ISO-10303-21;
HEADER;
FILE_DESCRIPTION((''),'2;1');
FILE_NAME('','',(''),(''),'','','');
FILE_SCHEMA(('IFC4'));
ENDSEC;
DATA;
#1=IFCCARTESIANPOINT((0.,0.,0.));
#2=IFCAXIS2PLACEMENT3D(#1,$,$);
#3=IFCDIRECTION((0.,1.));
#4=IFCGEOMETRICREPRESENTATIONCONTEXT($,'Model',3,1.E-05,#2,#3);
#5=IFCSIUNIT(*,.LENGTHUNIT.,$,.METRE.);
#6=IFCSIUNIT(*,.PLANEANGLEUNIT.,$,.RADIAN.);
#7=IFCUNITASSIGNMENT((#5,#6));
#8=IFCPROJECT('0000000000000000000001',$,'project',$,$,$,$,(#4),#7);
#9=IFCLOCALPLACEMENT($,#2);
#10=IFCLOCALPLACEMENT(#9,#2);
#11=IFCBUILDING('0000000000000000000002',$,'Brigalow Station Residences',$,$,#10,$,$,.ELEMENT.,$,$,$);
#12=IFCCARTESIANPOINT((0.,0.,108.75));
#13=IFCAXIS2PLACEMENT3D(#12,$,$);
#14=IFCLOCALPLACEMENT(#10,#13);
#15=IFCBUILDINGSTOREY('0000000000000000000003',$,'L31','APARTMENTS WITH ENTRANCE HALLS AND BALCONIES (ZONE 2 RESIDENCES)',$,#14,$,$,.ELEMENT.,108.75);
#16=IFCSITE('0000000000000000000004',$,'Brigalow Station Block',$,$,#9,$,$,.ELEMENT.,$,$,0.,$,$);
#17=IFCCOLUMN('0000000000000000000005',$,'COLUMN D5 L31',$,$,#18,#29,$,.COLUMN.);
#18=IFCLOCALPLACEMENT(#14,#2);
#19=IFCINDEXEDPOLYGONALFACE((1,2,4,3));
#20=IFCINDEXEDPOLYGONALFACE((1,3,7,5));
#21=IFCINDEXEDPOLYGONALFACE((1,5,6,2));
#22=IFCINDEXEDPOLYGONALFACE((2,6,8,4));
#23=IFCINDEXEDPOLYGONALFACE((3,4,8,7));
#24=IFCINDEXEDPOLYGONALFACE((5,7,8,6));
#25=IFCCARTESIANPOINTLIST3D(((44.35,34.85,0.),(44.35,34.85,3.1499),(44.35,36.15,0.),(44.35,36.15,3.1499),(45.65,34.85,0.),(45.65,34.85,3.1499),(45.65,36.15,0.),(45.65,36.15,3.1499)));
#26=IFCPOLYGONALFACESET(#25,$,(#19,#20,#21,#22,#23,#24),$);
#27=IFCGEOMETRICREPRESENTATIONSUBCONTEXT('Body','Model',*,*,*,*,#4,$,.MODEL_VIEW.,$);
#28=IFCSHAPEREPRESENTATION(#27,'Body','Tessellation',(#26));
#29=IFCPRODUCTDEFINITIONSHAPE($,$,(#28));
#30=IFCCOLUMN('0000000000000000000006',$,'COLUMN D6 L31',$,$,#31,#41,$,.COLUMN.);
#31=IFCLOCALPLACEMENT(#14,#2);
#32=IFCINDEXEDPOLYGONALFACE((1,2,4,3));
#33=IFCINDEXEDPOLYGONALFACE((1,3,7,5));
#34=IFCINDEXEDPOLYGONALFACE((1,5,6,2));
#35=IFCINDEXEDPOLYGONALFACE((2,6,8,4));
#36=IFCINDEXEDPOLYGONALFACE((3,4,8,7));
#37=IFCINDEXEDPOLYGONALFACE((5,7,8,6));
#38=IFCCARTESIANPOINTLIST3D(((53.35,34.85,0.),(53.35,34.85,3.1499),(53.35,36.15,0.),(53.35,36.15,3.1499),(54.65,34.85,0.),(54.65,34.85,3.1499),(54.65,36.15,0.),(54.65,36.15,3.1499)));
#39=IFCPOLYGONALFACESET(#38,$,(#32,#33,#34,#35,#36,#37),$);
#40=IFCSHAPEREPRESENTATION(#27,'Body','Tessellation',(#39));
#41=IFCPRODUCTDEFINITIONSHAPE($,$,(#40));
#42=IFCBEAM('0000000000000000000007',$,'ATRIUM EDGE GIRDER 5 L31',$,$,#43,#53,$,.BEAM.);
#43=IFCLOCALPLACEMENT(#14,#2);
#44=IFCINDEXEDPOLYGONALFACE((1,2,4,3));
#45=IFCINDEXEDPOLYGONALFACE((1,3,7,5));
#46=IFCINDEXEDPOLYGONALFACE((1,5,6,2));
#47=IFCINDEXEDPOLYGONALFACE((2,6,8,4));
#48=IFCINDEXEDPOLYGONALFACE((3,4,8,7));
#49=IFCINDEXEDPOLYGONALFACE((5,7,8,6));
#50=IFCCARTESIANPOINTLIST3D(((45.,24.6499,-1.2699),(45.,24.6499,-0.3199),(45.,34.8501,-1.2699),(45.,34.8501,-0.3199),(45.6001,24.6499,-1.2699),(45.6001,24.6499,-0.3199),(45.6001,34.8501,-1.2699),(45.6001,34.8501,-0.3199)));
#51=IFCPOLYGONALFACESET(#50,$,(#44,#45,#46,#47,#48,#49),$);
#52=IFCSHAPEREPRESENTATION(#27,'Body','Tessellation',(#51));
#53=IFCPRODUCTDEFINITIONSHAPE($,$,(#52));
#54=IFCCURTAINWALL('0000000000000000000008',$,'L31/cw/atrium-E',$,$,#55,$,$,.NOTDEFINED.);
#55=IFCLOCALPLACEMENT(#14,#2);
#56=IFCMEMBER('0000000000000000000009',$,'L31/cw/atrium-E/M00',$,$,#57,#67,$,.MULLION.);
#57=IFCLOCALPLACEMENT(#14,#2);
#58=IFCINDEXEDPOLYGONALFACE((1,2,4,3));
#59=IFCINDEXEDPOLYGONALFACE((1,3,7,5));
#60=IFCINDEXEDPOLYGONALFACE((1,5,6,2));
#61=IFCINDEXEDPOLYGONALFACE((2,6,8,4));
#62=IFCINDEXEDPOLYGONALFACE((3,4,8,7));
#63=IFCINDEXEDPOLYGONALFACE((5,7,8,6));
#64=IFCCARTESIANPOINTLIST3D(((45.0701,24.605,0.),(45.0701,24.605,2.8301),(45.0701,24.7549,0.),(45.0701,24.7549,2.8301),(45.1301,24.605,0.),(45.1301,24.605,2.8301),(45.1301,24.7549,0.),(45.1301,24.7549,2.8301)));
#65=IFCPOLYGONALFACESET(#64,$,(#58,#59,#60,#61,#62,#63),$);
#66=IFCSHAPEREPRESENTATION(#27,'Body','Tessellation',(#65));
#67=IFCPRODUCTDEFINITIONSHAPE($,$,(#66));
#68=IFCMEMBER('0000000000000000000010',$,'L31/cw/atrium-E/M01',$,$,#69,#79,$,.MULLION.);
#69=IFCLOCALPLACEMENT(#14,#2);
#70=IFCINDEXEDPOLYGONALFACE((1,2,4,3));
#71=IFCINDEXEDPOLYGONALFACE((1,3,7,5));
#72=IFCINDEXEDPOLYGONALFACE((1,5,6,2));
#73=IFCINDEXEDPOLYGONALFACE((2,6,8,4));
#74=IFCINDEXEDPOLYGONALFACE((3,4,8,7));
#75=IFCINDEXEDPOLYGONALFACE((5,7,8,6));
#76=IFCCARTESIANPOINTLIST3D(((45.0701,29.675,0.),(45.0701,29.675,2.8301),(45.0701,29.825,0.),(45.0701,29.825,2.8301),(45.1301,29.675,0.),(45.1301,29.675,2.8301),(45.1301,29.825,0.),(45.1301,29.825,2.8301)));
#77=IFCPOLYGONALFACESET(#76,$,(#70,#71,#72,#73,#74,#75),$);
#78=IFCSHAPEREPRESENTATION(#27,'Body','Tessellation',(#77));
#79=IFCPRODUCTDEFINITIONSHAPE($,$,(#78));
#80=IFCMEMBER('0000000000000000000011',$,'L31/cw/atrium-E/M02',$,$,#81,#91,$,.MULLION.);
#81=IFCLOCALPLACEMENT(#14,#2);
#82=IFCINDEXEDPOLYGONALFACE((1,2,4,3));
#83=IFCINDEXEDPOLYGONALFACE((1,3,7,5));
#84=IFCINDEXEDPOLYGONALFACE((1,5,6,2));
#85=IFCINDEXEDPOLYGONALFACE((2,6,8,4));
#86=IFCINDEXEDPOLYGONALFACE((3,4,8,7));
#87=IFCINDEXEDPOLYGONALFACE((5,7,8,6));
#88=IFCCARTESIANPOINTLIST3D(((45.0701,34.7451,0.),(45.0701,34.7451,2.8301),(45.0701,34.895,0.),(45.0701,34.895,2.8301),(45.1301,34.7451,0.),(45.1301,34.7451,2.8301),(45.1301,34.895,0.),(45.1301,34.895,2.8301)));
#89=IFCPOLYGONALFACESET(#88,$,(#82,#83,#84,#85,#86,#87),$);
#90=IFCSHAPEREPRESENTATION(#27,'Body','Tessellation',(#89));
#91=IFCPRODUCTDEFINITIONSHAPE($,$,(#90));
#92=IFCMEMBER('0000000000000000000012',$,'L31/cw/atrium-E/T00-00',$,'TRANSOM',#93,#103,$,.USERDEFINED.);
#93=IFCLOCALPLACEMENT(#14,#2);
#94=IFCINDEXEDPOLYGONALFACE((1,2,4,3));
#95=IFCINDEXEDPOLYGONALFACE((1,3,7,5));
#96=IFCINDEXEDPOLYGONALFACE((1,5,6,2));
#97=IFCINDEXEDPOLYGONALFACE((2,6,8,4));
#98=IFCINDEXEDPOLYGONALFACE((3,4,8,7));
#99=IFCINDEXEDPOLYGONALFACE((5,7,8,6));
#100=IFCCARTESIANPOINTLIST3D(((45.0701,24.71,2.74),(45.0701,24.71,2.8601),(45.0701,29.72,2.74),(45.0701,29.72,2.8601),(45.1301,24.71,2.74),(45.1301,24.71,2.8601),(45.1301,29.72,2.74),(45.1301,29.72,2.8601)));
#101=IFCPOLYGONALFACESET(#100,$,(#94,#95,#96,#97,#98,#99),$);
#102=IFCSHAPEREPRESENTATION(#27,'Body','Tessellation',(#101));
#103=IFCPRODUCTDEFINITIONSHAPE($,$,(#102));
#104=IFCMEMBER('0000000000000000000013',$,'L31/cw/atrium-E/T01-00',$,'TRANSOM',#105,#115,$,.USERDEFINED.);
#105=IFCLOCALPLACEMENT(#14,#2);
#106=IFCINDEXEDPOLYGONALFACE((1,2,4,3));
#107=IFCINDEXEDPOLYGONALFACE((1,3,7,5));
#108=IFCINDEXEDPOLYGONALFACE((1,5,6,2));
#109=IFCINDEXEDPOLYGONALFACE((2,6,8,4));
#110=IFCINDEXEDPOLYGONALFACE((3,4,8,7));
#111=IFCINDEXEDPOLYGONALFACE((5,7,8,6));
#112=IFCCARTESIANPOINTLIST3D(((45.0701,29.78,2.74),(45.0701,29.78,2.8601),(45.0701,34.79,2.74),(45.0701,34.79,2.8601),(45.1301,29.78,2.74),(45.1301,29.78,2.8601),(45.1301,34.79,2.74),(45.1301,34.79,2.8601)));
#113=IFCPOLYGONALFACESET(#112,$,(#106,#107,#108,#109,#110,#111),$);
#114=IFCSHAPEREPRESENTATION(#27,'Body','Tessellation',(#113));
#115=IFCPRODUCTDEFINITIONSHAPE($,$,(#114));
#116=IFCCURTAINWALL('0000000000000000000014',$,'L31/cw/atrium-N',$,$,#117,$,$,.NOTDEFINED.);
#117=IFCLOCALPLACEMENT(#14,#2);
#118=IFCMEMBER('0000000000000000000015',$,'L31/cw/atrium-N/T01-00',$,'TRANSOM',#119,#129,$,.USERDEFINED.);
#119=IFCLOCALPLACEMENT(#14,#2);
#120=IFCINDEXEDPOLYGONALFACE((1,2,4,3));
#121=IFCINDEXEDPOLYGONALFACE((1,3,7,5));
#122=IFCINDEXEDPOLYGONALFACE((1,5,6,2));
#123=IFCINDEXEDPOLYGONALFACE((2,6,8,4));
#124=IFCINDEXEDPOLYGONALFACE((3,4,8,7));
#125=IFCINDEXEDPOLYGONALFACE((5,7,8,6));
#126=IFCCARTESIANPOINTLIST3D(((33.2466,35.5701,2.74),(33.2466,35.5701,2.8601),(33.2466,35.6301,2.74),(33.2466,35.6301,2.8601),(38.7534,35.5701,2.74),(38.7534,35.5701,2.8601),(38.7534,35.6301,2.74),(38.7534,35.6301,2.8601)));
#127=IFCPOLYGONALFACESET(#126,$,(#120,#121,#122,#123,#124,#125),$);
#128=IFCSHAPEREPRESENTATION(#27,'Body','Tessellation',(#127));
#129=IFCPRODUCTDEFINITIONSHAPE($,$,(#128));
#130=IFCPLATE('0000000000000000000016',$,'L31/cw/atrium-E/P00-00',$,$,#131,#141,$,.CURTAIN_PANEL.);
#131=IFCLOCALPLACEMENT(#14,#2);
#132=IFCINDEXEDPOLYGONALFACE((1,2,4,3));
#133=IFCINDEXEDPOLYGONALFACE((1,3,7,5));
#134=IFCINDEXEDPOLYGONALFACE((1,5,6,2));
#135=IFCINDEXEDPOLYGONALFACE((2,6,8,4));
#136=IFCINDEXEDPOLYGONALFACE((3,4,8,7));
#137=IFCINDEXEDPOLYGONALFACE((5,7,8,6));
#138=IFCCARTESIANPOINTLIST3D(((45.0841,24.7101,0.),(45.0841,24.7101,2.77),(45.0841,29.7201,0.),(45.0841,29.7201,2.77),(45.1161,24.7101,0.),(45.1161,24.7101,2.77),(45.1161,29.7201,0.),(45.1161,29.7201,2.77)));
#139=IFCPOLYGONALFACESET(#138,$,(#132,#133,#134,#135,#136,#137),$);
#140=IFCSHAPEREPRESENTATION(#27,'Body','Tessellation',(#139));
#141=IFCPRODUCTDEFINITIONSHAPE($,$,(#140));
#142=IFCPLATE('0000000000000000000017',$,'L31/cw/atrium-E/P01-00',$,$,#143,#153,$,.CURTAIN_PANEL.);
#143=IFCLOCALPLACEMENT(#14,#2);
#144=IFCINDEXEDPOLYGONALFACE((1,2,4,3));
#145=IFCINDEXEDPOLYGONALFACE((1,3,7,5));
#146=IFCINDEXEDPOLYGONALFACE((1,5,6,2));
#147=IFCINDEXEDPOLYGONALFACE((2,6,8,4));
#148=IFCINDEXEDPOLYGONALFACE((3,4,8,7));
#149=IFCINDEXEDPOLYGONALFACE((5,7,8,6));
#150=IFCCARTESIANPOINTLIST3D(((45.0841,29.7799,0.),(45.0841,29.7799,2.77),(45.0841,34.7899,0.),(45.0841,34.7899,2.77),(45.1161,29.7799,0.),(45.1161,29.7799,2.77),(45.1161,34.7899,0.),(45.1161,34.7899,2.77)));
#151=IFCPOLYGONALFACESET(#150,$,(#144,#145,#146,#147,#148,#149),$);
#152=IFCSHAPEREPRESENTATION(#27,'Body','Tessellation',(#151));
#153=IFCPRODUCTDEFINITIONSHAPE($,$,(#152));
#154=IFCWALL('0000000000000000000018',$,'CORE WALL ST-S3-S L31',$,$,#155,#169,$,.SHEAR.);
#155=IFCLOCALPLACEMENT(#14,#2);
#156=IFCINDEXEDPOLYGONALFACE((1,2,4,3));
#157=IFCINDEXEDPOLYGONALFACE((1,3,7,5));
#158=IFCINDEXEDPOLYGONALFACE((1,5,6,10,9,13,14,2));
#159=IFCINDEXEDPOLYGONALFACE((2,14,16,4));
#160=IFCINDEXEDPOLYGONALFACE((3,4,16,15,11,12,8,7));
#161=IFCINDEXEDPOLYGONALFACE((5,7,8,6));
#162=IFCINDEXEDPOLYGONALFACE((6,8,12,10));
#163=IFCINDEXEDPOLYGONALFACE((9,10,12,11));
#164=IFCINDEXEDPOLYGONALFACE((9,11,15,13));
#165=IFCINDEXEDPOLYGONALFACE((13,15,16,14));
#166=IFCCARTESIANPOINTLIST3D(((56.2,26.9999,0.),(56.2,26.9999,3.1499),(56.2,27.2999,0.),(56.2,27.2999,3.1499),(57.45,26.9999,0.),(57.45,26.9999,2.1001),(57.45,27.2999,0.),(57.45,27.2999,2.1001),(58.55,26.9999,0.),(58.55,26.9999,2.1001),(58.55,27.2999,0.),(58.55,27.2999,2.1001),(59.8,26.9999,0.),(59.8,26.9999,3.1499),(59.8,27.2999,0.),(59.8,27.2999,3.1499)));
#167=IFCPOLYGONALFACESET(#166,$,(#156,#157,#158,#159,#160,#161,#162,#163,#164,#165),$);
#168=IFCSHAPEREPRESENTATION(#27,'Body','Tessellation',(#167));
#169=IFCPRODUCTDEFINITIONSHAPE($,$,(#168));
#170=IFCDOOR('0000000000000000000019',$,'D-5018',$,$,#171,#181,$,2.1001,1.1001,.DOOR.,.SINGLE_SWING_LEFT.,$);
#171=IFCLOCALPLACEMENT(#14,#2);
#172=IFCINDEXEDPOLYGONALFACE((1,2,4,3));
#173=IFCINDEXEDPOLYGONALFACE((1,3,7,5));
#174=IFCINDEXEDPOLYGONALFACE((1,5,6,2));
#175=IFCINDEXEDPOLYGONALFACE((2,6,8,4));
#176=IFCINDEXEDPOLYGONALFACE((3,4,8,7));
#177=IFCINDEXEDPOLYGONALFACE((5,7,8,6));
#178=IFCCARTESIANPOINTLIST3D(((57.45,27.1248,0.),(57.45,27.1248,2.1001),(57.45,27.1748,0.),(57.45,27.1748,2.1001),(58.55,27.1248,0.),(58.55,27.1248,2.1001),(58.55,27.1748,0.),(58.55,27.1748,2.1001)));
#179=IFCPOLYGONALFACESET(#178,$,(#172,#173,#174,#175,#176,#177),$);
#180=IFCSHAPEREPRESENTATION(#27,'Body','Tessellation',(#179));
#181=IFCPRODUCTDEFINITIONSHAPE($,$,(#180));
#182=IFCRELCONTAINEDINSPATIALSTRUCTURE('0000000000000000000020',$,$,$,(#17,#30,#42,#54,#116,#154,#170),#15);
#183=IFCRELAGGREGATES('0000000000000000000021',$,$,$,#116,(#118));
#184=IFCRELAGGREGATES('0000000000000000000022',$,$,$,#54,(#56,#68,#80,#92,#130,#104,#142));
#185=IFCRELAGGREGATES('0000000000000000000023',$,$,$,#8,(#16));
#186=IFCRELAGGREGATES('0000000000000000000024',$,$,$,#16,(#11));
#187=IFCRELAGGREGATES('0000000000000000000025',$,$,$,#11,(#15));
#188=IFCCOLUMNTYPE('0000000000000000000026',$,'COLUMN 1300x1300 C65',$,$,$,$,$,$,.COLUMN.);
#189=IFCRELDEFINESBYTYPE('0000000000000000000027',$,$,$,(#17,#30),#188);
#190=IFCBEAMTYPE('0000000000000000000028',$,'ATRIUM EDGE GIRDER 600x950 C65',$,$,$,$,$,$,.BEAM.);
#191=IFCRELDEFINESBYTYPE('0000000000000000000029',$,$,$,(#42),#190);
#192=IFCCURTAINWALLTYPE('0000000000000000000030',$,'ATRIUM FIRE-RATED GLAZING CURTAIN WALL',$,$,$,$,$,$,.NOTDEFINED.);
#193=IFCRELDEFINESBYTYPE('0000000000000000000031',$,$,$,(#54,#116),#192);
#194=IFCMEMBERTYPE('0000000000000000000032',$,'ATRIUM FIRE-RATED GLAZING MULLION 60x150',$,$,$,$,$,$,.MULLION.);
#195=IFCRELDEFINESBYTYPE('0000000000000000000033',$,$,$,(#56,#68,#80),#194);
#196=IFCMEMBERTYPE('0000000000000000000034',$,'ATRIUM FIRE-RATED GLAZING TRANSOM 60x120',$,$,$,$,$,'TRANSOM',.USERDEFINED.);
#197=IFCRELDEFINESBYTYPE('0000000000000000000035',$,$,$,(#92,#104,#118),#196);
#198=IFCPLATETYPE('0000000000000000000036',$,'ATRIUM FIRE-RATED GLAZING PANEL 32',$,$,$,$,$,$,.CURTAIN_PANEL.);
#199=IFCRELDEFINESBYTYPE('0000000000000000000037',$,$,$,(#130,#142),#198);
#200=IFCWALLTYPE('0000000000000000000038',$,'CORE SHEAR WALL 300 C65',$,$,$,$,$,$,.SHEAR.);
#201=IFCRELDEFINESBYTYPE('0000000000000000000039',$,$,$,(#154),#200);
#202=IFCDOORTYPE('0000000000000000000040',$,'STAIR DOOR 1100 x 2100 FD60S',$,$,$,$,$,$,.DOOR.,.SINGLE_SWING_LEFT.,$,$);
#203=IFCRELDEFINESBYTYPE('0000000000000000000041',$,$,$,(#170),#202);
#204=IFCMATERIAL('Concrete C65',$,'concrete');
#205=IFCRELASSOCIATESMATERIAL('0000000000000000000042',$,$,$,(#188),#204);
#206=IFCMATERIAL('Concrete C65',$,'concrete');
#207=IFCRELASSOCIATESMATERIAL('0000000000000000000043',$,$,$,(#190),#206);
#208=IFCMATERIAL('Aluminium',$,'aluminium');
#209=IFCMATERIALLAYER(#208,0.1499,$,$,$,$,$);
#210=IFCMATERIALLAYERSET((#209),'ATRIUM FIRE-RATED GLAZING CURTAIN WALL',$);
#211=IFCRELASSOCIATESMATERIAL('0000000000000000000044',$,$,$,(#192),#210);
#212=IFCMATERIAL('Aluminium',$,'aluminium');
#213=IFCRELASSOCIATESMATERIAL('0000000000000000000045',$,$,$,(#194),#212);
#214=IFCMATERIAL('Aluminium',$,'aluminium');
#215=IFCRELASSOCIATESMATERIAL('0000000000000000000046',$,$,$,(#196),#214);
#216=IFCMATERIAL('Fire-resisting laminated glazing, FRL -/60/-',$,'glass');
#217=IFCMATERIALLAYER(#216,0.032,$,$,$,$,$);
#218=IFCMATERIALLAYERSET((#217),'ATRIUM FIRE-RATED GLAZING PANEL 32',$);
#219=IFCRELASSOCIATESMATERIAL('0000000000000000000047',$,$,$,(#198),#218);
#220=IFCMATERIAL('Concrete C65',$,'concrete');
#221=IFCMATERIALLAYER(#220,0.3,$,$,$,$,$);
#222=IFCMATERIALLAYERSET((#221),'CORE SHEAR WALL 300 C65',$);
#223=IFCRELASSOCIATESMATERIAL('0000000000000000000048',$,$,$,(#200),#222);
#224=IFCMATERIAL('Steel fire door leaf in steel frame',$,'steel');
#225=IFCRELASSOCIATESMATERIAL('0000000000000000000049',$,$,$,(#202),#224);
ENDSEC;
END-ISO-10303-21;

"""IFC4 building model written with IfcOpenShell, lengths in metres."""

from ifc_helpers import new_model, si_unit, direction, frame, frame_2d, origin, origin_2d, place, context, subcontext, project, spatial, rectangle, extrude, material, layer, layer_set, material_profile, profile_set, type_object, element, fill, aggregate, save


model = new_model("IFC4")

# Units and contexts
model_context = context("Model", 3, precision=1e-05, world=origin(), true_north=direction((0.0, 1.0)))
body_context = subcontext(model_context, "Body", "Model", "MODEL_VIEW")
ifc_project = project(units=[si_unit("LENGTHUNIT", "METRE"), si_unit("PLANEANGLEUNIT", "RADIAN")], contexts=[model_context])

# Site, building, storey
site_placement = place(None, origin())
site = spatial("IfcSite", under=ifc_project, at=site_placement, Name="Brigalow Station Block", CompositionType="ELEMENT", RefElevation=0.0)
building_placement = place(site_placement, origin())
building = spatial("IfcBuilding", under=site, at=building_placement, Name="Brigalow Station Residences", CompositionType="ELEMENT")
storey_placement = place(building_placement, frame((0.0, 0.0, 108.75)))
storey = spatial("IfcBuildingStorey", under=building, at=storey_placement, Name="L31", Description="APARTMENTS WITH ENTRANCE HALLS AND BALCONIES (ZONE 2 RESIDENCES)", CompositionType="ELEMENT", Elevation=108.75)

# Columns
ifc_material_1 = material(Name="Concrete C65", Category="concrete")
ifc_material_profile_1 = material_profile(ifc_material_1, rectangle(XDim=1.3, YDim=1.3, at=origin_2d()), Name="RC1300x1300")
ifc_profile_set_1 = profile_set([ifc_material_profile_1], Name="Concrete C65")
column_type = type_object("IfcColumnType", Name="COLUMN 1300x1300 C65", PredefinedType="COLUMN", material=ifc_profile_set_1)
for number, where, z_axis, x_axis, name in (
    (1, (45.0, 35.5, 0.0), (0.0, 0.0, 1.0), (1.0, 0.0, 0.0), "COLUMN D5 L31"),
    (2, (54.0, 35.5, 0.0), (0.0, 0.0, 1.0), (1.0, 0.0, 0.0), "COLUMN D6 L31"),
):
    element("IfcColumn", number, at=place(storey_placement, frame(where, z_axis=z_axis, x_axis=x_axis)), inside=storey, type_object=column_type, Name=name, PredefinedType="COLUMN", context=body_context, shape_type="SweptSolid", body=[
        extrude(rectangle(XDim=1.3, YDim=1.3, at=origin_2d()), origin(), (0.0, 0.0, 1.0), 3.1499),
    ])

# Beam
ifc_material_2 = material(Name="Concrete C65", Category="concrete")
ifc_material_profile_2 = material_profile(ifc_material_2, rectangle(XDim=0.6001, YDim=0.95, at=origin_2d()), Name="RC600x950")
ifc_profile_set_2 = profile_set([ifc_material_profile_2], Name="Concrete C65")
beam_type = type_object("IfcBeamType", Name="ATRIUM EDGE GIRDER 600x950 C65", PredefinedType="BEAM", material=ifc_profile_set_2)
beam_placement = place(storey_placement, frame((45.3, 24.6499, -0.7949), z_axis=(0.0, 1.0, 0.0), x_axis=(-1.0, 0.0, 0.0)))
element("IfcBeam", 3, at=beam_placement, inside=storey, type_object=beam_type, Name="ATRIUM EDGE GIRDER 5 L31", PredefinedType="BEAM", context=body_context, shape_type="SweptSolid", body=[
    extrude(rectangle(XDim=0.6001, YDim=0.95, at=origin_2d()), origin(), (0.0, 0.0, 1.0), 10.2002),
])

# Curtain wall, members
ifc_material_3 = material(Name="Aluminium", Category="aluminium")
ifc_layer_1 = layer(ifc_material_3, 0.1499)
ifc_layer_set_1 = layer_set([ifc_layer_1], Name="ATRIUM FIRE-RATED GLAZING CURTAIN WALL")
curtain_wall_type = type_object("IfcCurtainWallType", Name="ATRIUM FIRE-RATED GLAZING CURTAIN WALL", PredefinedType="NOTDEFINED", material=ifc_layer_set_1)
curtain_wall_1_placement = place(storey_placement, origin())
curtain_wall_1 = element("IfcCurtainWall", 4, at=curtain_wall_1_placement, inside=storey, type_object=curtain_wall_type, Name="L31/cw/atrium-E", PredefinedType="NOTDEFINED")
ifc_material_4 = material(Name="Aluminium", Category="aluminium")
ifc_material_profile_3 = material_profile(ifc_material_4, rectangle(XDim=0.0601, YDim=0.1499, at=origin_2d()), Name="ATRIUM FIRE-RATED GLAZING MULLION 60x150")
ifc_profile_set_3 = profile_set([ifc_material_profile_3], Name="Aluminium")
member_type_1 = type_object("IfcMemberType", Name="ATRIUM FIRE-RATED GLAZING MULLION 60x150", PredefinedType="MULLION", material=ifc_profile_set_3)
member_1_placement = place(storey_placement, frame((45.1001, 24.6799, 0.0), z_axis=(0.0, 0.0, 1.0), x_axis=(-1.0, 0.0, 0.0)))
member_1 = element("IfcMember", 5, at=member_1_placement, type_object=member_type_1, Name="L31/cw/atrium-E/M00", PredefinedType="MULLION", context=body_context, shape_type="SweptSolid", body=[
    extrude(rectangle(XDim=0.0601, YDim=0.1499, at=origin_2d()), origin(), (0.0, 0.0, 1.0), 2.8301),
])
member_2_placement = place(storey_placement, frame((45.1001, 29.75, 0.0), z_axis=(0.0, 0.0, 1.0), x_axis=(-1.0, 0.0, 0.0)))
member_2 = element("IfcMember", 6, at=member_2_placement, type_object=member_type_1, Name="L31/cw/atrium-E/M01", PredefinedType="MULLION", context=body_context, shape_type="SweptSolid", body=[
    extrude(rectangle(XDim=0.0601, YDim=0.1499, at=origin_2d()), origin(), (0.0, 0.0, 1.0), 2.8301),
])
member_3_placement = place(storey_placement, frame((45.1001, 34.8201, 0.0), z_axis=(0.0, 0.0, 1.0), x_axis=(-1.0, 0.0, 0.0)))
member_3 = element("IfcMember", 7, at=member_3_placement, type_object=member_type_1, Name="L31/cw/atrium-E/M02", PredefinedType="MULLION", context=body_context, shape_type="SweptSolid", body=[
    extrude(rectangle(XDim=0.0601, YDim=0.1499, at=origin_2d()), origin(), (0.0, 0.0, 1.0), 2.8301),
])
ifc_material_5 = material(Name="Aluminium", Category="aluminium")
ifc_material_profile_4 = material_profile(ifc_material_5, rectangle(XDim=0.0601, YDim=0.1201, at=origin_2d()), Name="ATRIUM FIRE-RATED GLAZING TRANSOM 60x120")
ifc_profile_set_4 = profile_set([ifc_material_profile_4], Name="Aluminium")
member_type_2 = type_object("IfcMemberType", Name="ATRIUM FIRE-RATED GLAZING TRANSOM 60x120", ElementType="TRANSOM", PredefinedType="USERDEFINED", material=ifc_profile_set_4)
member_4_placement = place(storey_placement, frame((45.1001, 24.71, 2.8), z_axis=(0.0, 1.0, 0.0), x_axis=(-1.0, 0.0, 0.0)))
member_4 = element("IfcMember", 8, at=member_4_placement, type_object=member_type_2, Name="L31/cw/atrium-E/T00-00", ObjectType="TRANSOM", PredefinedType="USERDEFINED", context=body_context, shape_type="SweptSolid", body=[
    extrude(rectangle(XDim=0.0601, YDim=0.1201, at=origin_2d()), origin(), (0.0, 0.0, 1.0), 5.01),
])
member_5_placement = place(storey_placement, frame((45.1001, 29.78, 2.8), z_axis=(0.0, 1.0, 0.0), x_axis=(-1.0, 0.0, 0.0)))
member_5 = element("IfcMember", 9, at=member_5_placement, type_object=member_type_2, Name="L31/cw/atrium-E/T01-00", ObjectType="TRANSOM", PredefinedType="USERDEFINED", context=body_context, shape_type="SweptSolid", body=[
    extrude(rectangle(XDim=0.0601, YDim=0.1201, at=origin_2d()), origin(), (0.0, 0.0, 1.0), 5.01),
])

# Curtain wall, member
curtain_wall_2_placement = place(storey_placement, origin())
curtain_wall_2 = element("IfcCurtainWall", 10, at=curtain_wall_2_placement, inside=storey, type_object=curtain_wall_type, Name="L31/cw/atrium-N", PredefinedType="NOTDEFINED")
member_6_placement = place(storey_placement, frame((38.7534, 35.6001, 2.8), z_axis=(-1.0, 0.0, 0.0), x_axis=(0.0, -1.0, 0.0)))
member_6 = element("IfcMember", 11, at=member_6_placement, type_object=member_type_2, Name="L31/cw/atrium-N/T01-00", ObjectType="TRANSOM", PredefinedType="USERDEFINED", context=body_context, shape_type="SweptSolid", body=[
    extrude(rectangle(XDim=0.0601, YDim=0.1201, at=origin_2d()), origin(), (0.0, 0.0, 1.0), 5.5068),
])
aggregate(curtain_wall_2, [member_6])

# Plates
ifc_material_6 = material(Name="Fire-resisting laminated glazing, FRL -/60/-", Category="glass")
ifc_layer_2 = layer(ifc_material_6, 0.032)
ifc_layer_set_2 = layer_set([ifc_layer_2], Name="ATRIUM FIRE-RATED GLAZING PANEL 32")
plate_type = type_object("IfcPlateType", Name="ATRIUM FIRE-RATED GLAZING PANEL 32", PredefinedType="CURTAIN_PANEL", material=ifc_layer_set_2)
plate_1_placement = place(storey_placement, frame((45.1001, 27.2151, 0.0), z_axis=(0.0, 0.0, 1.0), x_axis=(0.0, 1.0, 0.0)))
plate_1 = element("IfcPlate", 12, at=plate_1_placement, type_object=plate_type, Name="L31/cw/atrium-E/P00-00", PredefinedType="CURTAIN_PANEL", context=body_context, shape_type="SweptSolid", body=[
    extrude(rectangle(XDim=5.01, YDim=0.032, at=origin_2d()), origin(), (0.0, 0.0, 1.0), 2.77),
])
plate_2_placement = place(storey_placement, frame((45.1001, 32.2849, 0.0), z_axis=(0.0, 0.0, 1.0), x_axis=(0.0, 1.0, 0.0)))
plate_2 = element("IfcPlate", 13, at=plate_2_placement, type_object=plate_type, Name="L31/cw/atrium-E/P01-00", PredefinedType="CURTAIN_PANEL", context=body_context, shape_type="SweptSolid", body=[
    extrude(rectangle(XDim=5.01, YDim=0.032, at=origin_2d()), origin(), (0.0, 0.0, 1.0), 2.77),
])
aggregate(curtain_wall_1, [member_1, member_2, member_3, member_4, plate_1, member_5, plate_2])

# Wall, opening, door
ifc_material_7 = material(Name="Concrete C65", Category="concrete")
ifc_layer_3 = layer(ifc_material_7, 0.3)
ifc_layer_set_3 = layer_set([ifc_layer_3], Name="CORE SHEAR WALL 300 C65")
wall_type_1 = type_object("IfcWallType", Name="CORE SHEAR WALL 300 C65", PredefinedType="SHEAR", material=ifc_layer_set_3)
wall_1_placement = place(storey_placement, frame((56.2, 27.1499, 0.0), z_axis=(0.0, 0.0, 1.0), x_axis=(1.0, 0.0, 0.0)))
wall_1 = element("IfcWall", 14, at=wall_1_placement, inside=storey, type_object=wall_type_1, Name="CORE WALL ST-S3-S L31", PredefinedType="SHEAR", context=body_context, shape_type="SweptSolid", body=[
    extrude(rectangle(XDim=3.6001, YDim=0.3, at=frame_2d((1.8, 0.0))), origin(), (0.0, 0.0, 1.0), 3.1499),
])
opening_1_placement = place(wall_1_placement, frame((1.25, 0.0, 0.0)))
opening_1 = element("IfcOpeningElement", 15, at=opening_1_placement, cuts=wall_1, PredefinedType="OPENING", context=body_context, shape_type="SweptSolid", body=[
    extrude(rectangle(XDim=1.1001, YDim=2.1001, at=frame_2d((0.55, 1.05))), frame((0.0, 0.1602, 0.0), z_axis=(0.0, -1.0, 0.0), x_axis=(1.0, 0.0, 0.0)), (0.0, 0.0, 1.0), 0.3201),
])
ifc_material_8 = material(Name="Steel fire door leaf in steel frame", Category="steel")
door_type_1 = type_object("IfcDoorType", Name="STAIR DOOR 1100 x 2100 FD60S", OperationType="SINGLE_SWING_LEFT", PredefinedType="DOOR", material=ifc_material_8)
door_1_placement = place(opening_1_placement, origin())
door_1 = element("IfcDoor", 16, at=door_1_placement, inside=storey, type_object=door_type_1, Name="D-5018", OperationType="SINGLE_SWING_LEFT", OverallHeight=2.1001, OverallWidth=1.1001, PredefinedType="DOOR", context=body_context, shape_type="SweptSolid", body=[
    extrude(rectangle(XDim=1.1001, YDim=2.1001, at=frame_2d((0.55, 1.05))), frame((0.0, 0.0249, 0.0), z_axis=(0.0, -1.0, 0.0), x_axis=(1.0, 0.0, 0.0)), (0.0, 0.0, 1.0), 0.05),
])
fill(opening_1, door_1)

save(model, "model.ifc")
